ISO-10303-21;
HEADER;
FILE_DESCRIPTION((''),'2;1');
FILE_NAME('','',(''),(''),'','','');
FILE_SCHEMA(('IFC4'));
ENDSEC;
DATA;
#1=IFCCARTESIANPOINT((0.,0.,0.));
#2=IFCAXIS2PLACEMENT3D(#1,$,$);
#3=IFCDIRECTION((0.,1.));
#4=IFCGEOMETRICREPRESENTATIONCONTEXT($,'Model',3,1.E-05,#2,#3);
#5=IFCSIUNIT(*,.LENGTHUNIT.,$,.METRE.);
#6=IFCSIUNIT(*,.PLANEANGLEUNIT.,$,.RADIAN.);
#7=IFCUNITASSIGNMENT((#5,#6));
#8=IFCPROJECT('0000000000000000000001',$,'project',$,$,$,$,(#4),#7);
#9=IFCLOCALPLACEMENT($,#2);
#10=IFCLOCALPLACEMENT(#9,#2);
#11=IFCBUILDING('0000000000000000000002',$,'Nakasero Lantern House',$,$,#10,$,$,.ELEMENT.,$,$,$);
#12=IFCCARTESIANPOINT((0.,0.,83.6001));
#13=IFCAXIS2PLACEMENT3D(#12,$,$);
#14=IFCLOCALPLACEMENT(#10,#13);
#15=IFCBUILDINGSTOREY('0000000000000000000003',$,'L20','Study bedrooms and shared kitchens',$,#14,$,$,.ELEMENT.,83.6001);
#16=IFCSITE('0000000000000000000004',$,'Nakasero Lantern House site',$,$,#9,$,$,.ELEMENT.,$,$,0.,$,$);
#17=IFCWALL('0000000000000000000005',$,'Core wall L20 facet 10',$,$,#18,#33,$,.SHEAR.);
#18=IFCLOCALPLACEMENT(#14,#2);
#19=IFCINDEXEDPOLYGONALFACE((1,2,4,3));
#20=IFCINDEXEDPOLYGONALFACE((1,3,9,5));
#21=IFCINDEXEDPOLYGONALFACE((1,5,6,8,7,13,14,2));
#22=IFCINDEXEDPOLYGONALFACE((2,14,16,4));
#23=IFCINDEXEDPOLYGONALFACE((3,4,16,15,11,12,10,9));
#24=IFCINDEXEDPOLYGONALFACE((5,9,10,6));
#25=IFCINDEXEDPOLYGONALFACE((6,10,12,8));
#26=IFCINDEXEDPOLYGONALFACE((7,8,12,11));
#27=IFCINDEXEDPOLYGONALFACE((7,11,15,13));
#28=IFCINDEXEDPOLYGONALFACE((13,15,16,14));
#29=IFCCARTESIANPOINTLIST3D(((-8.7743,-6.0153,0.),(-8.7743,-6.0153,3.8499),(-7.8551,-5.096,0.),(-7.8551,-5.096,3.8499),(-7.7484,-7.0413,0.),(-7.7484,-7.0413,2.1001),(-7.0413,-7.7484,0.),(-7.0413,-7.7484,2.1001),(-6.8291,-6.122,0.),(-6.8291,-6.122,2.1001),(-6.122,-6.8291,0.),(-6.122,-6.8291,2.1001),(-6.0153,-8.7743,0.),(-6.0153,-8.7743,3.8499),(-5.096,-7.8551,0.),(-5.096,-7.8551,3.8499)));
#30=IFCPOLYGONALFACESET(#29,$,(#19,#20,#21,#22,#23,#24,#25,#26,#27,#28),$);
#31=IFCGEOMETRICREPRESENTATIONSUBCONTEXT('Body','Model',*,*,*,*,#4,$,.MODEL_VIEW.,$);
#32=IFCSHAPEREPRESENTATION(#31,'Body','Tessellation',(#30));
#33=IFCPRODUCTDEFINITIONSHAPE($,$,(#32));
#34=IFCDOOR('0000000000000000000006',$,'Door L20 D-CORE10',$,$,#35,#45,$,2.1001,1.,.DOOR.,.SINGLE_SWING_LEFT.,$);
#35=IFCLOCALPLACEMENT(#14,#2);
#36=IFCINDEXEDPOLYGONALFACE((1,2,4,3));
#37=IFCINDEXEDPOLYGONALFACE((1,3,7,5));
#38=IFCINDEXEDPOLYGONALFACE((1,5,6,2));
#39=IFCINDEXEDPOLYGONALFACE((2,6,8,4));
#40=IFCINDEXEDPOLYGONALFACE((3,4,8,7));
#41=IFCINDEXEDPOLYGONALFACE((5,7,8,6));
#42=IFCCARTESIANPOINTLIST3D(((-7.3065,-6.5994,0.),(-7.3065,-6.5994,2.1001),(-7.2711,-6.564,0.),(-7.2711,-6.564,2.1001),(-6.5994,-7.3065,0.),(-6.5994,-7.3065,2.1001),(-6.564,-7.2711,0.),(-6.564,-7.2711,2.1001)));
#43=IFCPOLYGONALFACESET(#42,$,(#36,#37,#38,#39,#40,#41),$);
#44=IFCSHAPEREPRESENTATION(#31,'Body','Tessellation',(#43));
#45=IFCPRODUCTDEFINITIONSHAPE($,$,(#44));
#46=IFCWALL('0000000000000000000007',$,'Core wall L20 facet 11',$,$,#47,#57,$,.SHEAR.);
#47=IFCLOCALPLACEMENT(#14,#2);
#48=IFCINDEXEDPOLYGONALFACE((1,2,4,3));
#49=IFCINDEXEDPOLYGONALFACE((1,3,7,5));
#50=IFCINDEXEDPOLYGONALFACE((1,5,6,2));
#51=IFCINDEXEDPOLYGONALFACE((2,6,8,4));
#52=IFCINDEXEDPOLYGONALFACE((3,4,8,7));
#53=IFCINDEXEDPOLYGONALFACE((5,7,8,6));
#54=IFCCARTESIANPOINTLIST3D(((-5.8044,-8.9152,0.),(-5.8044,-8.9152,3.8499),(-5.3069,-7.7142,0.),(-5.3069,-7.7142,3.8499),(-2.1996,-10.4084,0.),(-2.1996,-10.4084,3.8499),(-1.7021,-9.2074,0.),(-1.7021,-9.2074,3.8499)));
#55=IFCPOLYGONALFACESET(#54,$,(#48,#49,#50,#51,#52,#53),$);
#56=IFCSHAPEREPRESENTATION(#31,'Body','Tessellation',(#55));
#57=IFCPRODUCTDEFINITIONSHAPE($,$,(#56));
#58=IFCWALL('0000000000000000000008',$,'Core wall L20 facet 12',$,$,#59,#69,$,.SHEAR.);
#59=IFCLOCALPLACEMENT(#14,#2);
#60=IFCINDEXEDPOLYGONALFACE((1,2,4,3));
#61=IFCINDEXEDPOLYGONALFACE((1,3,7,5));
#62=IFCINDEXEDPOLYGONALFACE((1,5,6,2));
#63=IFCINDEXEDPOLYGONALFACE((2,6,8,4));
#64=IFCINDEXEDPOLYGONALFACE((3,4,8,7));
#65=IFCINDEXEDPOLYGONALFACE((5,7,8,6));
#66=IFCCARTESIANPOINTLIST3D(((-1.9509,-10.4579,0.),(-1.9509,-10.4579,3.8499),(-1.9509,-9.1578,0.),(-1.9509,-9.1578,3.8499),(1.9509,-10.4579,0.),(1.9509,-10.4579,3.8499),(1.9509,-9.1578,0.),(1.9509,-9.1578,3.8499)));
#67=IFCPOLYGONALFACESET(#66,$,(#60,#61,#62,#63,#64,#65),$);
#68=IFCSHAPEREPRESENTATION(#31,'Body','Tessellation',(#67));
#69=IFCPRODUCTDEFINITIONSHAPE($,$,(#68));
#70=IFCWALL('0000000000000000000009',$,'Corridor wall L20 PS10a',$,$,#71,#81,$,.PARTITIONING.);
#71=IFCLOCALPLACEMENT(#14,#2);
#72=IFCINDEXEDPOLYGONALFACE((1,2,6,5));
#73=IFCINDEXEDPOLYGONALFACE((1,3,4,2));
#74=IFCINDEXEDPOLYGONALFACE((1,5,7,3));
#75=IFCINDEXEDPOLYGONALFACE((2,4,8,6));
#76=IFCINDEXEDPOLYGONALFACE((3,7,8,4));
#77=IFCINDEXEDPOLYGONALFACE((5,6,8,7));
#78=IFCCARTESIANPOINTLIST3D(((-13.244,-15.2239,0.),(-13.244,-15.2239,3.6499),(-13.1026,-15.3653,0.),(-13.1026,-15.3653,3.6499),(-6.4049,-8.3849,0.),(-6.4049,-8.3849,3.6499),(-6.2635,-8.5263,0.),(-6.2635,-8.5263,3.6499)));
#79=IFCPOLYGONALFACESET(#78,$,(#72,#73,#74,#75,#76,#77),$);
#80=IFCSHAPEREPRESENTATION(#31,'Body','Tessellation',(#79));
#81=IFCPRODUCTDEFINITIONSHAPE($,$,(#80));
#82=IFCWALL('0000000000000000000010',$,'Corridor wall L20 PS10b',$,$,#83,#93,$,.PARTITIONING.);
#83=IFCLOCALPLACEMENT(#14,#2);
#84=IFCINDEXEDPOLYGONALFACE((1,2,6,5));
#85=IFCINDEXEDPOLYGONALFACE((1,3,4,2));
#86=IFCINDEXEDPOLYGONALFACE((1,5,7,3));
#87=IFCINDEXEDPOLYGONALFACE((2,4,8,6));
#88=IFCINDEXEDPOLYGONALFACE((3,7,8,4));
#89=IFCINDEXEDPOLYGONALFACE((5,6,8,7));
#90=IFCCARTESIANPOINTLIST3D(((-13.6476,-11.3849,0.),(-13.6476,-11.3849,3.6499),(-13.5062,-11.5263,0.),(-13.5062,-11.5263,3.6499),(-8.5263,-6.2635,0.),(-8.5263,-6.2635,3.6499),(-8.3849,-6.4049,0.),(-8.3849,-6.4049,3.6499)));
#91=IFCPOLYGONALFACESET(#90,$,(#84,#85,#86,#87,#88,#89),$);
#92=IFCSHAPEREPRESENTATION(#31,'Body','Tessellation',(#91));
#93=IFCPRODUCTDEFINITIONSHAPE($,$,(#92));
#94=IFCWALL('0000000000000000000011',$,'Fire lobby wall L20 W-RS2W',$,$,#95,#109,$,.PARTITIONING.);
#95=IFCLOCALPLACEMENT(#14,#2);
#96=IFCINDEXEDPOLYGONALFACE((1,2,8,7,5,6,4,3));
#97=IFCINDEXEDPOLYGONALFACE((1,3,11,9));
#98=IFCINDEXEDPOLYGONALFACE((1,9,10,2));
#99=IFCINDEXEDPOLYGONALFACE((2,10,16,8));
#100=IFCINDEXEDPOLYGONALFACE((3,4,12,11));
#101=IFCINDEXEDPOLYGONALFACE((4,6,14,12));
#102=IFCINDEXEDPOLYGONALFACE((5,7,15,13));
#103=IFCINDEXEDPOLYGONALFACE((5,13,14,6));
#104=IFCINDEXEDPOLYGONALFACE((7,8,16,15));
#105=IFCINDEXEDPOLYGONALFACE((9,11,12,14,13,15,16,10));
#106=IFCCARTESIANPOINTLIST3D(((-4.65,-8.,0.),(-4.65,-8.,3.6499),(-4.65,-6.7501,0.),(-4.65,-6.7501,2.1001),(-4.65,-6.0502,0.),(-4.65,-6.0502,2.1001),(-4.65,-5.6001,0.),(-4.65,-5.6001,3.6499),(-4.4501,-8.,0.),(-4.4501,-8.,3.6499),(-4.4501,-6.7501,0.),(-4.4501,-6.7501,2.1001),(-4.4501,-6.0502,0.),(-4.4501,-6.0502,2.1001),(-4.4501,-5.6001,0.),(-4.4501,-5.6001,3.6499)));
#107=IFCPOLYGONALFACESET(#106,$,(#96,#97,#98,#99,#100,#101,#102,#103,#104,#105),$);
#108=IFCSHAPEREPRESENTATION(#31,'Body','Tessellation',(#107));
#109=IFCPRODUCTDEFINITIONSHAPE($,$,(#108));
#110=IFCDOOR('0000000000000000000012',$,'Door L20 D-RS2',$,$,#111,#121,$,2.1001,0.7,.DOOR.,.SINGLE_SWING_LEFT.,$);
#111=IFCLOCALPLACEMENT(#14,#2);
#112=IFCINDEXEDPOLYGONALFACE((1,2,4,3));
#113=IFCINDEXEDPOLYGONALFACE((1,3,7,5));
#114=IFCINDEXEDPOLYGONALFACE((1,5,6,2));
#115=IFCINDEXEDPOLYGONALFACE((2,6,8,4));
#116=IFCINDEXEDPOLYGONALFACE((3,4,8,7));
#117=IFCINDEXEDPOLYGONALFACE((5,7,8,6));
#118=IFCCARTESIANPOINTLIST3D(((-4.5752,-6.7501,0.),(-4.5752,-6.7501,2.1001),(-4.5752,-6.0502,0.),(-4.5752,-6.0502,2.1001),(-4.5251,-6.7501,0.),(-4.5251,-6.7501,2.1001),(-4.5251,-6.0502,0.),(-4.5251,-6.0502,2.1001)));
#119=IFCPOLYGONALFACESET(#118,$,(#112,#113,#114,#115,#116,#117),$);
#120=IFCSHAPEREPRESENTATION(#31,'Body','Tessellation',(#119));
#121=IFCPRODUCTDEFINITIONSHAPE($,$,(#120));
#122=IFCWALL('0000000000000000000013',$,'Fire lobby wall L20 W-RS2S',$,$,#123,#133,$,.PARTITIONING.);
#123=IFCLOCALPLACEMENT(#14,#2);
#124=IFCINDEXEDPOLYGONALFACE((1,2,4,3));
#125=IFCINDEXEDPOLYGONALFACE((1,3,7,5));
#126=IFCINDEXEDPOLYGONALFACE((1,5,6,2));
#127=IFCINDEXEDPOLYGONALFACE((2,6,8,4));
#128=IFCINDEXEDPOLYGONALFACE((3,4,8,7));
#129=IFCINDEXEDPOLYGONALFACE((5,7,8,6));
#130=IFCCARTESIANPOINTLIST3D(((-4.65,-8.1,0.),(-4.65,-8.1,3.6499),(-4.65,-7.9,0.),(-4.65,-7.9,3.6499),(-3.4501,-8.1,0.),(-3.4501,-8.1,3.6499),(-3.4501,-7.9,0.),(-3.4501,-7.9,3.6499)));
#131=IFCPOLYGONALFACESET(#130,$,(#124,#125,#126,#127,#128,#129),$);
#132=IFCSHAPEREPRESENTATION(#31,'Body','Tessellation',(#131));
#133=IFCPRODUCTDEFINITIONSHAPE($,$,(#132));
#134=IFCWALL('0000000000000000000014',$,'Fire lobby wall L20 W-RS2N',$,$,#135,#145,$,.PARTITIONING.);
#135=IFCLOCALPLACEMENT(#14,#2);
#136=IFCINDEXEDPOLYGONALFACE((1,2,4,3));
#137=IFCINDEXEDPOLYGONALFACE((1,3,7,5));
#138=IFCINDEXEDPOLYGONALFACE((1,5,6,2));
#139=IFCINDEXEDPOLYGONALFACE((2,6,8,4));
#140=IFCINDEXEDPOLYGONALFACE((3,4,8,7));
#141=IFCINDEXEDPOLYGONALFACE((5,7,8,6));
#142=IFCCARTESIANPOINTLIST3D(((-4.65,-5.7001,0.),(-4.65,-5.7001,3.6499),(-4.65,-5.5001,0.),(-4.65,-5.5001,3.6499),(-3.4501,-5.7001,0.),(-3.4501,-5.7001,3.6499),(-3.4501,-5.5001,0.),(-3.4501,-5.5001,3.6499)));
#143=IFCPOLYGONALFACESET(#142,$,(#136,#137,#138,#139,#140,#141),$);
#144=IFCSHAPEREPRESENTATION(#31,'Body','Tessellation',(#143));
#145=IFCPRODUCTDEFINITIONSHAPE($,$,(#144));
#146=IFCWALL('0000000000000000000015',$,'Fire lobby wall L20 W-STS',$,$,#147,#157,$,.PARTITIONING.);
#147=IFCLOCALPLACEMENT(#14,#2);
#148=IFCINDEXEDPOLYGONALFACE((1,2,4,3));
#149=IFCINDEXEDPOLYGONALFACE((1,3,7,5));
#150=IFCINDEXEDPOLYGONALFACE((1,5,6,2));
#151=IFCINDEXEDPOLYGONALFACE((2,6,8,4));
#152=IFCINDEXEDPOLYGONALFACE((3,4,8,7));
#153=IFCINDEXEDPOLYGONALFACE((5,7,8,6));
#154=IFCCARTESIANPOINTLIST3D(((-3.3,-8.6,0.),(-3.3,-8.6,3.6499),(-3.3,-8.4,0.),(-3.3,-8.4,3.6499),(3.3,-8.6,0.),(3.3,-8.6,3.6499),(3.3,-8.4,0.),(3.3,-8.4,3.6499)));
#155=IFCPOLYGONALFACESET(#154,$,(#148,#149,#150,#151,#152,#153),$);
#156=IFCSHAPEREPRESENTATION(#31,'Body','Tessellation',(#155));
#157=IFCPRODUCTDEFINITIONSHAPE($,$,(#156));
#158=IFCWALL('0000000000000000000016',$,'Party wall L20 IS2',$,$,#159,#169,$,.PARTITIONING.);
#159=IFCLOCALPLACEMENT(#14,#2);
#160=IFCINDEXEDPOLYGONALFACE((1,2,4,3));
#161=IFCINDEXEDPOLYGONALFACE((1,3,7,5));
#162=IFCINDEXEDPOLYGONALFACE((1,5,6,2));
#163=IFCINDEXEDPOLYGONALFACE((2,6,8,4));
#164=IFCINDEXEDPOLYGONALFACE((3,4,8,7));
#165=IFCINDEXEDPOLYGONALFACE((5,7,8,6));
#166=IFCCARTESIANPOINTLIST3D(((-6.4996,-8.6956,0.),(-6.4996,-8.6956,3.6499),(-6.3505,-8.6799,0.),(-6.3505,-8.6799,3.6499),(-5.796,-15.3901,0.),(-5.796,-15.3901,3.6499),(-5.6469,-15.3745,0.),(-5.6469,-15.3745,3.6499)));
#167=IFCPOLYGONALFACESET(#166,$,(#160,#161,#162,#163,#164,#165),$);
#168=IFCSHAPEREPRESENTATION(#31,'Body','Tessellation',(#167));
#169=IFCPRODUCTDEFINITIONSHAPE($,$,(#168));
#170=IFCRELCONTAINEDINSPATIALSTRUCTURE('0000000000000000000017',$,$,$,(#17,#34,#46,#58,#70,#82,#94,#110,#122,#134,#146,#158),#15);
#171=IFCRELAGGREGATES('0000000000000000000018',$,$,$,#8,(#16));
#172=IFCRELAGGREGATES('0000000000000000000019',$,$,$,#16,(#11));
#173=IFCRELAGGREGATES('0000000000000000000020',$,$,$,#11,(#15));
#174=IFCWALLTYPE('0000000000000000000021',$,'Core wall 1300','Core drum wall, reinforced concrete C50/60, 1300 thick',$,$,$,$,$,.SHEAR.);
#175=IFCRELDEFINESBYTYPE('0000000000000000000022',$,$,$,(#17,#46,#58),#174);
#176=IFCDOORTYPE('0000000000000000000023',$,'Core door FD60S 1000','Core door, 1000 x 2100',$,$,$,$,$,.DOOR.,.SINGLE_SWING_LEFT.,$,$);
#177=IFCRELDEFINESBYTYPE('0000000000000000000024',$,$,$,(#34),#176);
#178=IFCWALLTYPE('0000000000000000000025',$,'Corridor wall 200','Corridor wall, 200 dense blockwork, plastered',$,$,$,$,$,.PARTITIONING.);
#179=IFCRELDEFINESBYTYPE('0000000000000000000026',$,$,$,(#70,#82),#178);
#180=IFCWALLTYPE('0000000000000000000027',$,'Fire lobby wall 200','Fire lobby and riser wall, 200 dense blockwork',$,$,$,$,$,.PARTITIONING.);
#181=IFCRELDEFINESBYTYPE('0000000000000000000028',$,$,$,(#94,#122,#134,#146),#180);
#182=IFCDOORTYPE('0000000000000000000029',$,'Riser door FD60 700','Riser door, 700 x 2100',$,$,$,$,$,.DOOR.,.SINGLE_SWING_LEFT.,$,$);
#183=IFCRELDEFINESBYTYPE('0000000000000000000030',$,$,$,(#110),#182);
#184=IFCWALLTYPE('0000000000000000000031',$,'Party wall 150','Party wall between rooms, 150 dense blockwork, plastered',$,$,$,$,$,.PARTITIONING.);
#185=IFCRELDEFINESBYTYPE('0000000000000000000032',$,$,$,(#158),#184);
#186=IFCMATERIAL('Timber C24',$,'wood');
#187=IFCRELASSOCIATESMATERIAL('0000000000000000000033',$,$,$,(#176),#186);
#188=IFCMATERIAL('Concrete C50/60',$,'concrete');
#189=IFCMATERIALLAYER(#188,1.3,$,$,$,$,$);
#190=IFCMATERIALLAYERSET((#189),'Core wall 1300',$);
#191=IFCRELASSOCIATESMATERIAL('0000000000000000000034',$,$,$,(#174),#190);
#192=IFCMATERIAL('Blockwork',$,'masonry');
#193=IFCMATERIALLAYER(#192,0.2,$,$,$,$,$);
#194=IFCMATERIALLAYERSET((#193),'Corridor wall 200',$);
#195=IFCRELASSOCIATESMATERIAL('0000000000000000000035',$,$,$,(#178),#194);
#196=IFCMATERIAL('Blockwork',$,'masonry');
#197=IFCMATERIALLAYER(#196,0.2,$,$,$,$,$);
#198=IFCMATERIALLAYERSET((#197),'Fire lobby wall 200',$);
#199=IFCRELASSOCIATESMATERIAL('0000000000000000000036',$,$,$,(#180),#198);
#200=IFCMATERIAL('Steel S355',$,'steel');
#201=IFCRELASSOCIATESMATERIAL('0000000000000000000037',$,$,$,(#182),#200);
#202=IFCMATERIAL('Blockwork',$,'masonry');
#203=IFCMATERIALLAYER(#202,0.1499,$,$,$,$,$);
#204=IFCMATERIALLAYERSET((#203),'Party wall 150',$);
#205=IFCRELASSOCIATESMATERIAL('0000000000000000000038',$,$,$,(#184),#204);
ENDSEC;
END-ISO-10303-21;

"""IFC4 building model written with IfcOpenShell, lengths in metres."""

from ifc_helpers import new_model, si_unit, direction, frame, frame_2d, origin, place, context, subcontext, project, spatial, rectangle, extrude, material, layer, layer_set, type_object, element, fill, save


model = new_model("IFC4")

# Units and contexts
model_context = context("Model", 3, precision=1e-05, world=origin(), true_north=direction((0.0, 1.0)))
body_context = subcontext(model_context, "Body", "Model", "MODEL_VIEW")
ifc_project = project(units=[si_unit("LENGTHUNIT", "METRE"), si_unit("PLANEANGLEUNIT", "RADIAN")], contexts=[model_context])

# Site, building, storey
site_placement = place(None, origin())
site = spatial("IfcSite", under=ifc_project, at=site_placement, Name="Nakasero Lantern House site", CompositionType="ELEMENT", RefElevation=0.0)
building_placement = place(site_placement, origin())
building = spatial("IfcBuilding", under=site, at=building_placement, Name="Nakasero Lantern House", CompositionType="ELEMENT")
storey_placement = place(building_placement, frame((0.0, 0.0, 83.6001)))
storey = spatial("IfcBuildingStorey", under=building, at=storey_placement, Name="L20", Description="Study bedrooms and shared kitchens", CompositionType="ELEMENT", Elevation=83.6001)

# Shared definitions
ifc_material_1 = material(Name="Timber C24", Category="wood")
door_type_1 = type_object("IfcDoorType", Name="Core door FD60S 1000", Description="Core door, 1000 x 2100", OperationType="SINGLE_SWING_LEFT", PredefinedType="DOOR", material=ifc_material_1)

# Wall, opening, door
ifc_material_2 = material(Name="Concrete C50/60", Category="concrete")
ifc_layer_1 = layer(ifc_material_2, 1.3)
ifc_layer_set_1 = layer_set([ifc_layer_1], Name="Core wall 1300")
wall_type_1 = type_object("IfcWallType", Name="Core wall 1300", Description="Core drum wall, reinforced concrete C50/60, 1300 thick", PredefinedType="SHEAR", material=ifc_layer_set_1)
wall_1_placement = place(storey_placement, frame((-8.3147, -5.5557, 0.0), z_axis=(0.0, 0.0, 1.0), x_axis=(0.707107, -0.707107, 0.0)))
wall_1 = element("IfcWall", 1, at=wall_1_placement, inside=storey, type_object=wall_type_1, Name="Core wall L20 facet 10", PredefinedType="SHEAR", context=body_context, shape_type="SweptSolid", body=[
    extrude(rectangle(XDim=3.9019, YDim=1.3, at=frame_2d((1.9509, 0.0))), origin(), (0.0, 0.0, 1.0), 3.8499),
])
opening_1_placement = place(wall_1_placement, frame((1.4509, 0.0, 0.0)))
opening_1 = element("IfcOpeningElement", 2, at=opening_1_placement, cuts=wall_1, PredefinedType="OPENING", context=body_context, shape_type="SweptSolid", body=[
    extrude(rectangle(XDim=1.0, YDim=2.1001, at=frame_2d((0.5, 1.05))), frame((0.0, 0.6699, 0.0), z_axis=(0.0, -1.0, 0.0), x_axis=(1.0, 0.0, 0.0)), (0.0, 0.0, 1.0), 1.3401),
])
door_1_placement = place(opening_1_placement, origin())
door_1 = element("IfcDoor", 3, at=door_1_placement, inside=storey, type_object=door_type_1, Name="Door L20 D-CORE10", OperationType="SINGLE_SWING_LEFT", OverallHeight=2.1001, OverallWidth=1.0, PredefinedType="DOOR", context=body_context, shape_type="SweptSolid", body=[
    extrude(rectangle(XDim=1.0, YDim=2.1001, at=frame_2d((0.5, 1.05))), frame((0.0, 0.0249, 0.0), z_axis=(0.0, -1.0, 0.0), x_axis=(1.0, 0.0, 0.0)), (0.0, 0.0, 1.0), 0.05),
])
fill(opening_1, door_1)

# Walls
for number, where, z_axis, x_axis, name in (
    (4, (-5.5557, -8.3147, 0.0), (0.0, 0.0, 1.0), (0.923877, -0.382691, 0.0), "Core wall L20 facet 11"),
    (5, (-1.9509, -9.8079, 0.0), (0.0, 0.0, 1.0), (1.0, 0.0, 0.0), "Core wall L20 facet 12"),
):
    element("IfcWall", number, at=place(storey_placement, frame(where, z_axis=z_axis, x_axis=x_axis)), inside=storey, type_object=wall_type_1, Name=name, PredefinedType="SHEAR", context=body_context, shape_type="SweptSolid", body=[
        extrude(rectangle(XDim=3.9019, YDim=1.3, at=frame_2d((1.9509, 0.0))), origin(), (0.0, 0.0, 1.0), 3.8499),
    ])
ifc_material_3 = material(Name="Blockwork", Category="masonry")
ifc_layer_2 = layer(ifc_material_3, 0.2)
ifc_layer_set_2 = layer_set([ifc_layer_2], Name="Corridor wall 200")
wall_type_2 = type_object("IfcWallType", Name="Corridor wall 200", Description="Corridor wall, 200 dense blockwork, plastered", PredefinedType="PARTITIONING", material=ifc_layer_set_2)
wall_2_placement = place(storey_placement, frame((-6.3342, -8.4556, 0.0), z_axis=(0.0, 0.0, 1.0), x_axis=(-0.707107, -0.707107, 0.0)))
element("IfcWall", 6, at=wall_2_placement, inside=storey, type_object=wall_type_2, Name="Corridor wall L20 PS10a", PredefinedType="PARTITIONING", context=body_context, shape_type="SweptSolid", body=[
    extrude(rectangle(XDim=9.6719, YDim=0.2, at=frame_2d((4.8359, 0.0))), origin(), (0.0, 0.0, 1.0), 3.6499),
])
wall_3_placement = place(storey_placement, frame((-8.4556, -6.3342, 0.0), z_axis=(0.0, 0.0, 1.0), x_axis=(-0.707107, -0.707107, 0.0)))
element("IfcWall", 7, at=wall_3_placement, inside=storey, type_object=wall_type_2, Name="Corridor wall L20 PS10b", PredefinedType="PARTITIONING", context=body_context, shape_type="SweptSolid", body=[
    extrude(rectangle(XDim=7.2427, YDim=0.2, at=frame_2d((3.6213, 0.0))), origin(), (0.0, 0.0, 1.0), 3.6499),
])

# Wall, opening, door
ifc_material_4 = material(Name="Blockwork", Category="masonry")
ifc_layer_3 = layer(ifc_material_4, 0.2)
ifc_layer_set_3 = layer_set([ifc_layer_3], Name="Fire lobby wall 200")
wall_type_3 = type_object("IfcWallType", Name="Fire lobby wall 200", Description="Fire lobby and riser wall, 200 dense blockwork", PredefinedType="PARTITIONING", material=ifc_layer_set_3)
wall_4_placement = place(storey_placement, frame((-4.55, -5.6001, 0.0), z_axis=(0.0, 0.0, 1.0), x_axis=(0.0, -1.0, 0.0)))
wall_4 = element("IfcWall", 8, at=wall_4_placement, inside=storey, type_object=wall_type_3, Name="Fire lobby wall L20 W-RS2W", PredefinedType="PARTITIONING", context=body_context, shape_type="SweptSolid", body=[
    extrude(rectangle(XDim=2.3999, YDim=0.2, at=frame_2d((1.2, 0.0))), origin(), (0.0, 0.0, 1.0), 3.6499),
])
opening_2_placement = place(wall_4_placement, frame((0.45, 0.0, 0.0)))
opening_2 = element("IfcOpeningElement", 9, at=opening_2_placement, cuts=wall_4, PredefinedType="OPENING", context=body_context, shape_type="SweptSolid", body=[
    extrude(rectangle(XDim=0.7, YDim=2.1001, at=frame_2d((0.3501, 1.05))), frame((0.0, 0.1199, 0.0), z_axis=(0.0, -1.0, 0.0), x_axis=(1.0, 0.0, 0.0)), (0.0, 0.0, 1.0), 0.24),
])
ifc_material_5 = material(Name="Steel S355", Category="steel")
door_type_2 = type_object("IfcDoorType", Name="Riser door FD60 700", Description="Riser door, 700 x 2100", OperationType="SINGLE_SWING_LEFT", PredefinedType="DOOR", material=ifc_material_5)
door_2_placement = place(opening_2_placement, origin())
door_2 = element("IfcDoor", 10, at=door_2_placement, inside=storey, type_object=door_type_2, Name="Door L20 D-RS2", OperationType="SINGLE_SWING_LEFT", OverallHeight=2.1001, OverallWidth=0.7, PredefinedType="DOOR", context=body_context, shape_type="SweptSolid", body=[
    extrude(rectangle(XDim=0.7, YDim=2.1001, at=frame_2d((0.3501, 1.05))), frame((0.0, 0.0249, 0.0), z_axis=(0.0, -1.0, 0.0), x_axis=(1.0, 0.0, 0.0)), (0.0, 0.0, 1.0), 0.05),
])
fill(opening_2, door_2)

# Walls
for number, where, z_axis, x_axis, name in (
    (11, (-3.45, -8.0, 0.0), (0.0, 0.0, 1.0), (-1.0, 0.0, 0.0), "Fire lobby wall L20 W-RS2S"),
    (12, (-3.45, -5.6001, 0.0), (0.0, 0.0, 1.0), (-1.0, 0.0, 0.0), "Fire lobby wall L20 W-RS2N"),
):
    element("IfcWall", number, at=place(storey_placement, frame(where, z_axis=z_axis, x_axis=x_axis)), inside=storey, type_object=wall_type_3, Name=name, PredefinedType="PARTITIONING", context=body_context, shape_type="SweptSolid", body=[
        extrude(rectangle(XDim=1.2, YDim=0.2, at=frame_2d((0.6001, 0.0))), origin(), (0.0, 0.0, 1.0), 3.6499),
    ])
wall_5_placement = place(storey_placement, frame((-3.3, -8.5, 0.0), z_axis=(0.0, 0.0, 1.0), x_axis=(1.0, 0.0, 0.0)))
element("IfcWall", 13, at=wall_5_placement, inside=storey, type_object=wall_type_3, Name="Fire lobby wall L20 W-STS", PredefinedType="PARTITIONING", context=body_context, shape_type="SweptSolid", body=[
    extrude(rectangle(XDim=6.6001, YDim=0.2, at=frame_2d((3.3, 0.0))), origin(), (0.0, 0.0, 1.0), 3.6499),
])
ifc_material_6 = material(Name="Blockwork", Category="masonry")
ifc_layer_4 = layer(ifc_material_6, 0.1499)
ifc_layer_set_4 = layer_set([ifc_layer_4], Name="Party wall 150")
wall_type_4 = type_object("IfcWallType", Name="Party wall 150", Description="Party wall between rooms, 150 dense blockwork, plastered", PredefinedType="PARTITIONING", material=ifc_layer_set_4)
wall_6_placement = place(storey_placement, frame((-6.425, -8.6877, 0.0), z_axis=(0.0, 0.0, 1.0), x_axis=(0.104526, -0.994522, 0.0)))
element("IfcWall", 14, at=wall_6_placement, inside=storey, type_object=wall_type_4, Name="Party wall L20 IS2", PredefinedType="PARTITIONING", context=body_context, shape_type="SweptSolid", body=[
    extrude(rectangle(XDim=6.7314, YDim=0.1499, at=frame_2d((3.3657, 0.0))), origin(), (0.0, 0.0, 1.0), 3.6499),
])

save(model, "model.ifc")
